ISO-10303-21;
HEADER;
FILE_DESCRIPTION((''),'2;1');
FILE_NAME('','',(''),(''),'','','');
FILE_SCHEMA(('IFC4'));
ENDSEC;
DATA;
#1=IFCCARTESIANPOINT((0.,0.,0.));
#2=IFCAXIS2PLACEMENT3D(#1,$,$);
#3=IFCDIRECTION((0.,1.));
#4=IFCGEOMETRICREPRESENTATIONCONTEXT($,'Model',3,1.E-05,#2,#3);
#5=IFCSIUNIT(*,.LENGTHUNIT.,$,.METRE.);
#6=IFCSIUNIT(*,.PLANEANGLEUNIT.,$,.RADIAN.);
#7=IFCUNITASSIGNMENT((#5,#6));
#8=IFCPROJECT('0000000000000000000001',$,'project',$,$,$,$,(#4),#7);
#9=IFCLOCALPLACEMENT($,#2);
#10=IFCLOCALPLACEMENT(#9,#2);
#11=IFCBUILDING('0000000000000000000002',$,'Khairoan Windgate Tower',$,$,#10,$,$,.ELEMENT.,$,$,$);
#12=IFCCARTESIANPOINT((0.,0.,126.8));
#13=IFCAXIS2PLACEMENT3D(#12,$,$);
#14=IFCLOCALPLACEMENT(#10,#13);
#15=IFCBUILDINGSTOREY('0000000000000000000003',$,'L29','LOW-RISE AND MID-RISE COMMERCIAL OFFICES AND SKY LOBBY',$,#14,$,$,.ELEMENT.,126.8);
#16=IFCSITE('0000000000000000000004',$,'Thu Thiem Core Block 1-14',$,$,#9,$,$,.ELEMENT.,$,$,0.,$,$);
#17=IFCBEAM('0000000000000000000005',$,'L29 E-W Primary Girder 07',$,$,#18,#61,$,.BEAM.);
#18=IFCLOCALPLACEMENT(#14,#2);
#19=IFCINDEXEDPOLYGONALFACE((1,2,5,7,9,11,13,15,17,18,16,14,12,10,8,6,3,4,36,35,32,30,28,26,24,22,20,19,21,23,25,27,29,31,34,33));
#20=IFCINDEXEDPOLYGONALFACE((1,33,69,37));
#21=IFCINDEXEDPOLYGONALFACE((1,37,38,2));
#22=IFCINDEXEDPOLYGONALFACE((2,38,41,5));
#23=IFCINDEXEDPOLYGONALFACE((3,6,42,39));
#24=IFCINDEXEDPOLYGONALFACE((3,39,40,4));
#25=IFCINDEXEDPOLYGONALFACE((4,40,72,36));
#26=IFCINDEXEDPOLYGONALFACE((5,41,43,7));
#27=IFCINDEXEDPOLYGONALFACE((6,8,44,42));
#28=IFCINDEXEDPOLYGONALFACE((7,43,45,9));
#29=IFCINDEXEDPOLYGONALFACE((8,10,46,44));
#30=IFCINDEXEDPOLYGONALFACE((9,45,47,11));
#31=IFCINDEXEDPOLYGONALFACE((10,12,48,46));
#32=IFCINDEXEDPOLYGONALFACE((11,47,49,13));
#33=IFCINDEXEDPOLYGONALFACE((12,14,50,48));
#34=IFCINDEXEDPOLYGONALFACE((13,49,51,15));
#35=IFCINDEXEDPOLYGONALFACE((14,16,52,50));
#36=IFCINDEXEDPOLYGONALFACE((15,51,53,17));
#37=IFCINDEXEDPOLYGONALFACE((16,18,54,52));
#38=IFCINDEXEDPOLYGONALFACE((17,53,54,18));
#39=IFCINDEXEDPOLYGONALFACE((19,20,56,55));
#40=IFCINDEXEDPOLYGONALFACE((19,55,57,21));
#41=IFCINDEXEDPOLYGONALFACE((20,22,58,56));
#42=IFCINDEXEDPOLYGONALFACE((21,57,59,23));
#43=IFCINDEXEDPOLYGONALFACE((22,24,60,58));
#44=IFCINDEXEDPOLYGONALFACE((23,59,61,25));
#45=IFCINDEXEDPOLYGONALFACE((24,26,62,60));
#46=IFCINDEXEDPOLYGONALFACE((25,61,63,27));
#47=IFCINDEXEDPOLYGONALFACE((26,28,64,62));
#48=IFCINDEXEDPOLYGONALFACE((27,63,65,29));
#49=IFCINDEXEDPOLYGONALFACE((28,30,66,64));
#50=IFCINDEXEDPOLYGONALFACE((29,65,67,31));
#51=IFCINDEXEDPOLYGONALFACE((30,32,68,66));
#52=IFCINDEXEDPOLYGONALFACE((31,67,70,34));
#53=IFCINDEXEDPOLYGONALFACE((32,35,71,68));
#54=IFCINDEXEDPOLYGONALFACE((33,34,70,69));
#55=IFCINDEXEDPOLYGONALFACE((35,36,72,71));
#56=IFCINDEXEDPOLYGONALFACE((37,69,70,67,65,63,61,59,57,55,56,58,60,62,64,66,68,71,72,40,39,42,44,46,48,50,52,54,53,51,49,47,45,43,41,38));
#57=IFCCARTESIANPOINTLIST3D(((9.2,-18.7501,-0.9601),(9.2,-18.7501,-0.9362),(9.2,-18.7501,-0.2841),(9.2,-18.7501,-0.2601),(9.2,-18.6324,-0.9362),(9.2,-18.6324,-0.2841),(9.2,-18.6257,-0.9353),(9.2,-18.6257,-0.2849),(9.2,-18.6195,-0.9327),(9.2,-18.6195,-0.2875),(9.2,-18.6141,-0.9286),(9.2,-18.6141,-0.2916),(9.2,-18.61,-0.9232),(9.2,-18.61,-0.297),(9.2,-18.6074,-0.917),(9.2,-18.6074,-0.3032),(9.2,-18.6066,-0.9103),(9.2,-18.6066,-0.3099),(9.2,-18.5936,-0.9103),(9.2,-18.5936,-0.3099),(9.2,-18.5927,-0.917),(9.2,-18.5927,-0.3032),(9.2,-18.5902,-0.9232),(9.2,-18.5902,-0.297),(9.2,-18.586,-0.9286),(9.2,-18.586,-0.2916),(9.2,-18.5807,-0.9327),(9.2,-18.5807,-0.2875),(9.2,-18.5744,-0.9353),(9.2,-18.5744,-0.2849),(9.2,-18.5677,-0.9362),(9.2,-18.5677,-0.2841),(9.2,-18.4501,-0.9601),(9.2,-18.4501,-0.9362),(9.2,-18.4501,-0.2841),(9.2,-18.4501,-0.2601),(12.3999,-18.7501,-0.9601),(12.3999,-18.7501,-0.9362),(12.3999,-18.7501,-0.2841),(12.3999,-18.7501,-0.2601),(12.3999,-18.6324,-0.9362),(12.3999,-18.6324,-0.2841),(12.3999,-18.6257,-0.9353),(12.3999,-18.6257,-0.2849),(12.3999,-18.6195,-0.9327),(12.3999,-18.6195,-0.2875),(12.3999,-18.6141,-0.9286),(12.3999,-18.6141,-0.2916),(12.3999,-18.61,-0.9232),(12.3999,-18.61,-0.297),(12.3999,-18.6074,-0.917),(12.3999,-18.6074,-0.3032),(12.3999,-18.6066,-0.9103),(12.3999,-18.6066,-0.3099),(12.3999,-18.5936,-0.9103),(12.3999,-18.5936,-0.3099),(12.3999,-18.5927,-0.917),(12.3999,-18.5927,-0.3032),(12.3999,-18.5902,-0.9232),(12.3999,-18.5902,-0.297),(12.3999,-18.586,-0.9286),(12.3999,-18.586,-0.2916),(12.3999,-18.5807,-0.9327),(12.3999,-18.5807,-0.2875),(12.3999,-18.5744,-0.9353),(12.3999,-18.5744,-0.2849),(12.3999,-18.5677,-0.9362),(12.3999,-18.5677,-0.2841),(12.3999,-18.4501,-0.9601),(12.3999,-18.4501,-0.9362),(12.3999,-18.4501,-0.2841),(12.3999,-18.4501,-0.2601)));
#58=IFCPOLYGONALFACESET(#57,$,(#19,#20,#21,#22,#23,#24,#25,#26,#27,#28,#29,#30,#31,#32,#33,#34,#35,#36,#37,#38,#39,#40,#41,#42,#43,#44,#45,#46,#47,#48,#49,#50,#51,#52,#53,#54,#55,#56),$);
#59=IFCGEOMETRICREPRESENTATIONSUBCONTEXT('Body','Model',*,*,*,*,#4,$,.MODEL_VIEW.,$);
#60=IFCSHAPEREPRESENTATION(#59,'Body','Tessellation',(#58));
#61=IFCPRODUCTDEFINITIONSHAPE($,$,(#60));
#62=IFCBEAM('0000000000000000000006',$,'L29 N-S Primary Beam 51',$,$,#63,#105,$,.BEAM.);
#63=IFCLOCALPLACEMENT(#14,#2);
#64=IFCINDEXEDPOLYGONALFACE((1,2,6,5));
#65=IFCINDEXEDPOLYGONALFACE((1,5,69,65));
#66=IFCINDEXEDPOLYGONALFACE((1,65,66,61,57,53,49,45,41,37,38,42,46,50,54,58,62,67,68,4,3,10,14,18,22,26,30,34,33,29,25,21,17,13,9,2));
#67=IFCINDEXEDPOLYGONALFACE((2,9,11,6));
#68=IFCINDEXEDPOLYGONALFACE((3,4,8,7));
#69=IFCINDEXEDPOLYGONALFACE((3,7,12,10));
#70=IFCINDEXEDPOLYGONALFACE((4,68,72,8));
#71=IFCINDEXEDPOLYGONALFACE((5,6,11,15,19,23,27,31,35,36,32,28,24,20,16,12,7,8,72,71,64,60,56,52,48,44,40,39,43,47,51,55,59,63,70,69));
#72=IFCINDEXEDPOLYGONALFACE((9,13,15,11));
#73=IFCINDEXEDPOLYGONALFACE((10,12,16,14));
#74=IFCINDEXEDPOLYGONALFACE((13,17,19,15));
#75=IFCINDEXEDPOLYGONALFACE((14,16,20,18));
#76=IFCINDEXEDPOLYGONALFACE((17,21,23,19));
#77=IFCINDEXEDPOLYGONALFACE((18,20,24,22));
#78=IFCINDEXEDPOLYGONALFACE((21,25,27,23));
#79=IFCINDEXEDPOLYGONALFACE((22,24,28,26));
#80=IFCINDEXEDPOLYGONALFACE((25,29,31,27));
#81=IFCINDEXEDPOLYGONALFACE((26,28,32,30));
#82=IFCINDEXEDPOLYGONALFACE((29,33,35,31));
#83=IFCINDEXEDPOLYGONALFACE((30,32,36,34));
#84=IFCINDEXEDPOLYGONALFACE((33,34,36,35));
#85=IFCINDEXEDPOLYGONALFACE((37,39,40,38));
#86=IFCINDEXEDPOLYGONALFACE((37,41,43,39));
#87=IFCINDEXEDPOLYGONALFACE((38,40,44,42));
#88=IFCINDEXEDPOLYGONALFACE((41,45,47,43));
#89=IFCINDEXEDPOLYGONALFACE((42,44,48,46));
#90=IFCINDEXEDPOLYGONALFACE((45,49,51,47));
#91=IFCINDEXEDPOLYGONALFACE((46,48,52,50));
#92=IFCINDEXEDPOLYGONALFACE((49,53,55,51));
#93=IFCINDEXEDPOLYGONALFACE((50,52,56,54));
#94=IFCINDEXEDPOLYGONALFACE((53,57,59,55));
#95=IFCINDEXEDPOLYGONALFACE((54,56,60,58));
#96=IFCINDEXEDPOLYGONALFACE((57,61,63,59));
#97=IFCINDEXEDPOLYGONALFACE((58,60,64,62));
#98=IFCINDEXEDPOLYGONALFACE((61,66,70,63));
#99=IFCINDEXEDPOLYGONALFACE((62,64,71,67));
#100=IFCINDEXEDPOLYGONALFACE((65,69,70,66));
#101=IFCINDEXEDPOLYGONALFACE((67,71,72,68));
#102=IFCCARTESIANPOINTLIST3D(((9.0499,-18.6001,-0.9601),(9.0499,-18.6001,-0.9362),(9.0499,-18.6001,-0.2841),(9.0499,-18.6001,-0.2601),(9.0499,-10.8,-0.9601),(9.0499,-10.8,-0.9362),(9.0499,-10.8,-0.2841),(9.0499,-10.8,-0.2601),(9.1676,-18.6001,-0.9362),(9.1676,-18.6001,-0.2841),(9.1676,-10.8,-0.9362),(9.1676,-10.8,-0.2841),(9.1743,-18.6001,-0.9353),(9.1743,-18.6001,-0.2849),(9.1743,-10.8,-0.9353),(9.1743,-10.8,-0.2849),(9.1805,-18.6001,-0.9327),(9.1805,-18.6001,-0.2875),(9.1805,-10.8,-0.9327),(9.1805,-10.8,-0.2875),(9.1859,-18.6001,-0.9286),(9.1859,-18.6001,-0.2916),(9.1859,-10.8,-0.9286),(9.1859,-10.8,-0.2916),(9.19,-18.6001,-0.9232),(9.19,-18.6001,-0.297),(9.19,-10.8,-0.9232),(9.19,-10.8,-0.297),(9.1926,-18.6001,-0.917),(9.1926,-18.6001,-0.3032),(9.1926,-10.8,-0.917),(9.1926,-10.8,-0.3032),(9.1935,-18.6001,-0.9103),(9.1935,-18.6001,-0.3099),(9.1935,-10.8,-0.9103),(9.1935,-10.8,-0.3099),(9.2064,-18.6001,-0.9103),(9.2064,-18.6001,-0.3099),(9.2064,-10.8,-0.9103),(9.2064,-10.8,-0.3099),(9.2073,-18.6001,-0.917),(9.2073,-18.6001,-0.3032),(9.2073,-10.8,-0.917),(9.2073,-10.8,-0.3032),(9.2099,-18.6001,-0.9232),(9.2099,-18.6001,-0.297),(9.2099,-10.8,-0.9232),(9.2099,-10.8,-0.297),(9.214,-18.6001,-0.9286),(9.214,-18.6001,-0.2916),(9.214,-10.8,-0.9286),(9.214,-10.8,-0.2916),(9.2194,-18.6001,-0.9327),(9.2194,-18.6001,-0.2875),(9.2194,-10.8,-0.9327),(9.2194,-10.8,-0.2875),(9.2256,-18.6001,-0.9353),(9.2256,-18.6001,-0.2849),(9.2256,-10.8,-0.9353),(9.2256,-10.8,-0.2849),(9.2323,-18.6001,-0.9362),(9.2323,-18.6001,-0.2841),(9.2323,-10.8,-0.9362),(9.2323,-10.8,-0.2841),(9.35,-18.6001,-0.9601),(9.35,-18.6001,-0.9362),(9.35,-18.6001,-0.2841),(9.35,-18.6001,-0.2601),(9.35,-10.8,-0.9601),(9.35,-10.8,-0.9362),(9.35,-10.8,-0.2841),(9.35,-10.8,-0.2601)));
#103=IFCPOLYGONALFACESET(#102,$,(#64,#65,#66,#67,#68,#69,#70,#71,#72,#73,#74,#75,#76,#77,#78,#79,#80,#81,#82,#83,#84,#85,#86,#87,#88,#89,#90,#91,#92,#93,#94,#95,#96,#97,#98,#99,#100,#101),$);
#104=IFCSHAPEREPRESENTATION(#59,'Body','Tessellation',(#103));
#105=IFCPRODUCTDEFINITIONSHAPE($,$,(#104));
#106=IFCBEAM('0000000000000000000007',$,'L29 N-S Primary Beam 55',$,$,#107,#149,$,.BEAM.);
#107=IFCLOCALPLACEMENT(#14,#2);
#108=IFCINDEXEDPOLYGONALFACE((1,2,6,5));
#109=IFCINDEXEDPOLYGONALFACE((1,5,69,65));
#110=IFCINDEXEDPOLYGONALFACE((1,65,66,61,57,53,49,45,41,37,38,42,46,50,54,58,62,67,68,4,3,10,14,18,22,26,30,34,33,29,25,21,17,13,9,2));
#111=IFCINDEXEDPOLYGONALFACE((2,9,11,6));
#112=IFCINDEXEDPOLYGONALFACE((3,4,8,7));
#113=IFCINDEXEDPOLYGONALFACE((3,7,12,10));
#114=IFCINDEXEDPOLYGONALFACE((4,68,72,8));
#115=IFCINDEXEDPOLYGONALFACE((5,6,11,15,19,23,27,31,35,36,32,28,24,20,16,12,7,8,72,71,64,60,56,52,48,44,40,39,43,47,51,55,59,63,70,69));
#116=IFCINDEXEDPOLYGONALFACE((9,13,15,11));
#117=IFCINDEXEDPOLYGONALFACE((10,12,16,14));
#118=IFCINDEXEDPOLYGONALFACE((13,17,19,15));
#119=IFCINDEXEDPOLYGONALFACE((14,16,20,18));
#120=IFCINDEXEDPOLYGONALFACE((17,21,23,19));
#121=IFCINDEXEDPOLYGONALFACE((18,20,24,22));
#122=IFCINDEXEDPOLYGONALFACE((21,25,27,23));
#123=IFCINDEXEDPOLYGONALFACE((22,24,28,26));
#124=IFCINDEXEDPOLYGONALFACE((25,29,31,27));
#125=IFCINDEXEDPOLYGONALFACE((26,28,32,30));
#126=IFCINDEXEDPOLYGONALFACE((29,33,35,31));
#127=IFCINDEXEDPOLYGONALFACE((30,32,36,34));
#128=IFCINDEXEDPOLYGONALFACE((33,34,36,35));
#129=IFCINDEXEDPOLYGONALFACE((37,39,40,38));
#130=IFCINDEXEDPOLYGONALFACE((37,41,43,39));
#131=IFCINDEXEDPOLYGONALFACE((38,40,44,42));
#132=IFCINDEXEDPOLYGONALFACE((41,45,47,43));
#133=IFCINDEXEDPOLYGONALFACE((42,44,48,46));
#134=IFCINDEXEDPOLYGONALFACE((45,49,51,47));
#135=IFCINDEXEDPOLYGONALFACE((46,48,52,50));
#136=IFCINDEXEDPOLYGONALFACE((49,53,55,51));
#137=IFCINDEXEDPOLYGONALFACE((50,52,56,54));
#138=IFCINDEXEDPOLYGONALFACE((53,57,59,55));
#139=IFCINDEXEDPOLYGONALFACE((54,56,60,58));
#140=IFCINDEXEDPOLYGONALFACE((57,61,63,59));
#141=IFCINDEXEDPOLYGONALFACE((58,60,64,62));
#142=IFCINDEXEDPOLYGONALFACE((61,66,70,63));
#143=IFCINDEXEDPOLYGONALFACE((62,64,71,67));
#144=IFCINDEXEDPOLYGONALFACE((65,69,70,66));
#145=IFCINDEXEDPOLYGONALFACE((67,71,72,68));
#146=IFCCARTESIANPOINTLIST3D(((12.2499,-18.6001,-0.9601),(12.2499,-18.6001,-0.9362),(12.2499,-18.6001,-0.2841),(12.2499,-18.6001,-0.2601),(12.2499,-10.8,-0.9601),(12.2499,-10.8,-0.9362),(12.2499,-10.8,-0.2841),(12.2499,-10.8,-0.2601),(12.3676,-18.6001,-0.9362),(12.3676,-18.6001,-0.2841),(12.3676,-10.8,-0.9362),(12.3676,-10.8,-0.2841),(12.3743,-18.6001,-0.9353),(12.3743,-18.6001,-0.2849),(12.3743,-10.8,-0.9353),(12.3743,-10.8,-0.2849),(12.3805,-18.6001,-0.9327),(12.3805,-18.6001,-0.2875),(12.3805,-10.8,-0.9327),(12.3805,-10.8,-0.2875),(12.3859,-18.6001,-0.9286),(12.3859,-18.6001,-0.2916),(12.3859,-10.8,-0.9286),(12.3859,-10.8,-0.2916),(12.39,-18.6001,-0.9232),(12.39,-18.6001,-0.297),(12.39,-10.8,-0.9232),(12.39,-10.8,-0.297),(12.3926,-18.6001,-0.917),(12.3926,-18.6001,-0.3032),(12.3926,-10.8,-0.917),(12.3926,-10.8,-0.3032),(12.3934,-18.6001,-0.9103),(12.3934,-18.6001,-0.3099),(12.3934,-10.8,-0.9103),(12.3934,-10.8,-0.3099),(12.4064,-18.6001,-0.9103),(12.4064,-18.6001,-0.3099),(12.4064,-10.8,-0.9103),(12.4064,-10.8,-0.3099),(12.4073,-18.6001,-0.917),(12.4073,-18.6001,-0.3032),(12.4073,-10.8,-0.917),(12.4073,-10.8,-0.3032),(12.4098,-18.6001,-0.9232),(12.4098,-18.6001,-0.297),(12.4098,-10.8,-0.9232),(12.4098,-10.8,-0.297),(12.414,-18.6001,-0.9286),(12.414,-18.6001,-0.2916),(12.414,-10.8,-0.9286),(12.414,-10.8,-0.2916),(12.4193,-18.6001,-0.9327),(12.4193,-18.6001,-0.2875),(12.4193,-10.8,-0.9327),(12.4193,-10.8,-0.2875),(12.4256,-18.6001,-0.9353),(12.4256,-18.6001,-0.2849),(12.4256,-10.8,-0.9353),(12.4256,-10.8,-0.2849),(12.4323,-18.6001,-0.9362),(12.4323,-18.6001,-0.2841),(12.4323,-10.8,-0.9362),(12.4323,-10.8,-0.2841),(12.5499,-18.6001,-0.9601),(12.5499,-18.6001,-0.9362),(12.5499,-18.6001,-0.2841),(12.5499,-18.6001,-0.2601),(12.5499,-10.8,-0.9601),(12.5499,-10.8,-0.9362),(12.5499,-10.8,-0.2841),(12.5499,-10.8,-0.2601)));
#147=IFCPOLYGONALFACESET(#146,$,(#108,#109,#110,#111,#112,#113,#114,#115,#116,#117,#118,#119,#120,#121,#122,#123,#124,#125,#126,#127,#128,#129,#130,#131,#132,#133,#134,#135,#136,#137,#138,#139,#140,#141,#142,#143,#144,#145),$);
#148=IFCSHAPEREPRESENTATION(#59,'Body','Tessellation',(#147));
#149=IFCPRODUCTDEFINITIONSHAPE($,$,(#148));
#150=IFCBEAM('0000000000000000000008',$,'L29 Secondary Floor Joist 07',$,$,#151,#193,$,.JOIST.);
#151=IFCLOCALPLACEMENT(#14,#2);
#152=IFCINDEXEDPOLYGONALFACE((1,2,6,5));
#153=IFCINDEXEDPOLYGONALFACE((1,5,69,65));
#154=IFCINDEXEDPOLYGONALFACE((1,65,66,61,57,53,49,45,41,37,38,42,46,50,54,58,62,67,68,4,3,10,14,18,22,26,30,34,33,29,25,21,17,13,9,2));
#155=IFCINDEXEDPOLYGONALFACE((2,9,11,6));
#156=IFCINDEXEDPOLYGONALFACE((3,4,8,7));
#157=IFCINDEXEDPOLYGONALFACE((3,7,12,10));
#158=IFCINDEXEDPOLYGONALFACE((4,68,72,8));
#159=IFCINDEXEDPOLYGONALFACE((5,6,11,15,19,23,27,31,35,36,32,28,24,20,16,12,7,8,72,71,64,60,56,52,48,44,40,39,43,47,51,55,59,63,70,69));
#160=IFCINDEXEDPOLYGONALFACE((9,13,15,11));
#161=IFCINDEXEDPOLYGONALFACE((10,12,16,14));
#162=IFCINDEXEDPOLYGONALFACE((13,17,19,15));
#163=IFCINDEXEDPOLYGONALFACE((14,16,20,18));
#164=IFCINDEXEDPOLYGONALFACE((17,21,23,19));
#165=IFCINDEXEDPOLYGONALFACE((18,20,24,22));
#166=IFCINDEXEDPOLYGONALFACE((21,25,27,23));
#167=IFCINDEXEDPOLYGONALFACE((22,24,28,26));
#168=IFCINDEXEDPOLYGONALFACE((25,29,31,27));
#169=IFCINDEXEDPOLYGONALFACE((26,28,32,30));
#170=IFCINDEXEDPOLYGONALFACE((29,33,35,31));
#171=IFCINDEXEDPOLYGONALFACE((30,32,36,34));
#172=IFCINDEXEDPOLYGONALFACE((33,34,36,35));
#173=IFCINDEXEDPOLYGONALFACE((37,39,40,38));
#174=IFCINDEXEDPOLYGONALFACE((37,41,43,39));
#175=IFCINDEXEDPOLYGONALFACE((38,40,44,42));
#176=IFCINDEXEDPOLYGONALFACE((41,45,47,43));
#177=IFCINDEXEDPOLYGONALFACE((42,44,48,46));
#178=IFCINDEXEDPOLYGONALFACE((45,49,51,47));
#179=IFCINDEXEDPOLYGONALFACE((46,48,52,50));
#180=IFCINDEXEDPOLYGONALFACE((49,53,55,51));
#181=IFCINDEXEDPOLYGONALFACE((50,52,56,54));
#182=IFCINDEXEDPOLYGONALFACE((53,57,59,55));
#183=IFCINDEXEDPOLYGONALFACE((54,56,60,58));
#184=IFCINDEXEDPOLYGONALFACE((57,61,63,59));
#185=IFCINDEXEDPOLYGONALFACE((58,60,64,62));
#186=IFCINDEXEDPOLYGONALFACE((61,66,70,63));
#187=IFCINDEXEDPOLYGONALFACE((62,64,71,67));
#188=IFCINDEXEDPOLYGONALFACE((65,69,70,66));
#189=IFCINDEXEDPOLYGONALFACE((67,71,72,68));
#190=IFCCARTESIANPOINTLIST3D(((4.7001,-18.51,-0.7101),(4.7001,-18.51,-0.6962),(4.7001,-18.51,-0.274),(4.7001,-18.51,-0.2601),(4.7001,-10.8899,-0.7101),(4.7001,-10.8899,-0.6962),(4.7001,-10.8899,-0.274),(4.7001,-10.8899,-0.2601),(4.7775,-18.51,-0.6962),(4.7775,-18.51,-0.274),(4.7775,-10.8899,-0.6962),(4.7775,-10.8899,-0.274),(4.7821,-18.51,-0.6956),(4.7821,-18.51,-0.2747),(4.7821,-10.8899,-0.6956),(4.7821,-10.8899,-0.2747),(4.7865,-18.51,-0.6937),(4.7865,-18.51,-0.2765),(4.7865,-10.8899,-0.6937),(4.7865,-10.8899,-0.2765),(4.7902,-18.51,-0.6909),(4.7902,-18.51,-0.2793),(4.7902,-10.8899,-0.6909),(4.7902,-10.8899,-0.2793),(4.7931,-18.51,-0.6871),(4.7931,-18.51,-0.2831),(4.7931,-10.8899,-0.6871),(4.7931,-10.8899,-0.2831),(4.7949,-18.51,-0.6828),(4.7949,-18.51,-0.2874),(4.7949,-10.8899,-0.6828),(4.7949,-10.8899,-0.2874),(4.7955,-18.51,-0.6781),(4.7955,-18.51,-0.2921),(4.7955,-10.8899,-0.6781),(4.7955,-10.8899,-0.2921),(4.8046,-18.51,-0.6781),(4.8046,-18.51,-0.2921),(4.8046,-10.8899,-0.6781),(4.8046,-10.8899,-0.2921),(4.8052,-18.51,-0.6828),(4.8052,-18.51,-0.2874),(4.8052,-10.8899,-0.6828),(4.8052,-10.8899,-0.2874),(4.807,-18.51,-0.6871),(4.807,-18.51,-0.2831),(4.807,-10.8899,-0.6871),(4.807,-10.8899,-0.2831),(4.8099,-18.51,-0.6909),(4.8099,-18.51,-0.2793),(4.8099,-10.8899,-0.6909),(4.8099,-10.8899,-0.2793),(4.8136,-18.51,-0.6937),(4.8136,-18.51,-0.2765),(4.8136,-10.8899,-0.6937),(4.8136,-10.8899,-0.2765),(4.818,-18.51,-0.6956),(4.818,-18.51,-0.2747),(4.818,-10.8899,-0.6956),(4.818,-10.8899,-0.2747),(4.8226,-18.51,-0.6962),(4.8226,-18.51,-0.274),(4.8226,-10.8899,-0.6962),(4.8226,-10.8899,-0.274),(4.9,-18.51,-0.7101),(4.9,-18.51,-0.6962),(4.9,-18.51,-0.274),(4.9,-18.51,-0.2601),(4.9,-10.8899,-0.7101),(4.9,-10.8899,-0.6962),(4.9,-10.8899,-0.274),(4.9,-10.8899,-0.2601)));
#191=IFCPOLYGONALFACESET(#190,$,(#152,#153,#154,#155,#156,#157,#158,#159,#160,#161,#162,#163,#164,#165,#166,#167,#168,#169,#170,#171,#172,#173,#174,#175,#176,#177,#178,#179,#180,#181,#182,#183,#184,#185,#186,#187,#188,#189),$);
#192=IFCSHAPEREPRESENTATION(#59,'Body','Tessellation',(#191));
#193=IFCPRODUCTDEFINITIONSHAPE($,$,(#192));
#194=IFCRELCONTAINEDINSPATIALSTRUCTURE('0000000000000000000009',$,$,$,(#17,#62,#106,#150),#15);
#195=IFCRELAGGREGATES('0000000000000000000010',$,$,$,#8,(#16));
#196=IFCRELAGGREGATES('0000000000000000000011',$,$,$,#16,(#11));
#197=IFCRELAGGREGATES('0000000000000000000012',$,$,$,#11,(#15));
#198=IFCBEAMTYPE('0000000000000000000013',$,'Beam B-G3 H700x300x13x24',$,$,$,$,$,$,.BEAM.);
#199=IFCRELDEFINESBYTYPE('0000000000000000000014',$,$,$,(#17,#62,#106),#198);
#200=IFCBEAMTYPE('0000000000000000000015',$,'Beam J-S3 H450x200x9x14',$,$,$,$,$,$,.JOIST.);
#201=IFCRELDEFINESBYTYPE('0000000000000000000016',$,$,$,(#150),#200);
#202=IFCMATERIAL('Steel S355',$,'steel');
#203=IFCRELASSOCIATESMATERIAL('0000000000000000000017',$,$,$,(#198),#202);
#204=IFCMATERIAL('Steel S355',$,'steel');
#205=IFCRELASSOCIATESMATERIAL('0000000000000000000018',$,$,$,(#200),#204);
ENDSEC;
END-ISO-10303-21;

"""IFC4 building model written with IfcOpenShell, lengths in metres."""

from ifc_helpers import new_model, si_unit, direction, frame, origin, origin_2d, place, context, subcontext, project, spatial, i_section, extrude, material, material_profile, profile_set, type_object, element, save


model = new_model("IFC4")

# Units and contexts
model_context = context("Model", 3, precision=1e-05, world=origin(), true_north=direction((0.0, 1.0)))
body_context = subcontext(model_context, "Body", "Model", "MODEL_VIEW")
ifc_project = project(units=[si_unit("LENGTHUNIT", "METRE"), si_unit("PLANEANGLEUNIT", "RADIAN")], contexts=[model_context])

# Site, building, storey
site_placement = place(None, origin())
site = spatial("IfcSite", under=ifc_project, at=site_placement, Name="Thu Thiem Core Block 1-14", CompositionType="ELEMENT", RefElevation=0.0)
building_placement = place(site_placement, origin())
building = spatial("IfcBuilding", under=site, at=building_placement, Name="Khairoan Windgate Tower", CompositionType="ELEMENT")
storey_placement = place(building_placement, frame((0.0, 0.0, 126.8)))
storey = spatial("IfcBuildingStorey", under=building, at=storey_placement, Name="L29", Description="LOW-RISE AND MID-RISE COMMERCIAL OFFICES AND SKY LOBBY", CompositionType="ELEMENT", Elevation=126.8)

# Beams
ifc_material_1 = material(Name="Steel S355", Category="steel")
ifc_material_profile_1 = material_profile(ifc_material_1, i_section(OverallWidth=0.3, OverallDepth=0.7, WebThickness=0.0129, FlangeThickness=0.0239, FilletRadius=0.0259, at=origin_2d()))
ifc_profile_set_1 = profile_set([ifc_material_profile_1], Name="Steel S355")
beam_type_1 = type_object("IfcBeamType", Name="Beam B-G3 H700x300x13x24", PredefinedType="BEAM", material=ifc_profile_set_1)
beam_1_placement = place(storey_placement, frame((9.2, -18.6001, -0.6101), z_axis=(1.0, 0.0, 0.0), x_axis=(0.0, 1.0, 0.0)))
element("IfcBeam", 1, at=beam_1_placement, inside=storey, type_object=beam_type_1, Name="L29 E-W Primary Girder 07", PredefinedType="BEAM", context=body_context, shape_type="SweptSolid", body=[
    extrude(i_section(OverallWidth=0.3, OverallDepth=0.7, WebThickness=0.0129, FlangeThickness=0.0239, FilletRadius=0.0259, at=origin_2d()), origin(), (0.0, 0.0, 1.0), 3.2),
])
for number, where, z_axis, x_axis, name in (
    (2, (9.2, -18.6001, -0.6101), (0.0, 1.0, 0.0), (-1.0, 0.0, 0.0), "L29 N-S Primary Beam 51"),
    (3, (12.3999, -18.6001, -0.6101), (0.0, 1.0, 0.0), (-1.0, 0.0, 0.0), "L29 N-S Primary Beam 55"),
):
    element("IfcBeam", number, at=place(storey_placement, frame(where, z_axis=z_axis, x_axis=x_axis)), inside=storey, type_object=beam_type_1, Name=name, PredefinedType="BEAM", context=body_context, shape_type="SweptSolid", body=[
        extrude(i_section(OverallWidth=0.3, OverallDepth=0.7, WebThickness=0.0129, FlangeThickness=0.0239, FilletRadius=0.0259, at=origin_2d()), origin(), (0.0, 0.0, 1.0), 7.8),
    ])
ifc_material_2 = material(Name="Steel S355", Category="steel")
ifc_material_profile_2 = material_profile(ifc_material_2, i_section(OverallWidth=0.2, OverallDepth=0.45, WebThickness=0.009, FlangeThickness=0.0139, FilletRadius=0.0181, at=origin_2d()))
ifc_profile_set_2 = profile_set([ifc_material_profile_2], Name="Steel S355")
beam_type_2 = type_object("IfcBeamType", Name="Beam J-S3 H450x200x9x14", PredefinedType="JOIST", material=ifc_profile_set_2)
beam_2_placement = place(storey_placement, frame((4.8, -18.51, -0.4851), z_axis=(0.0, 1.0, 0.0), x_axis=(-1.0, 0.0, 0.0)))
element("IfcBeam", 4, at=beam_2_placement, inside=storey, type_object=beam_type_2, Name="L29 Secondary Floor Joist 07", PredefinedType="JOIST", context=body_context, shape_type="SweptSolid", body=[
    extrude(i_section(OverallWidth=0.2, OverallDepth=0.45, WebThickness=0.009, FlangeThickness=0.0139, FilletRadius=0.0181, at=origin_2d()), origin(), (0.0, 0.0, 1.0), 7.6201),
])

save(model, "model.ifc")
